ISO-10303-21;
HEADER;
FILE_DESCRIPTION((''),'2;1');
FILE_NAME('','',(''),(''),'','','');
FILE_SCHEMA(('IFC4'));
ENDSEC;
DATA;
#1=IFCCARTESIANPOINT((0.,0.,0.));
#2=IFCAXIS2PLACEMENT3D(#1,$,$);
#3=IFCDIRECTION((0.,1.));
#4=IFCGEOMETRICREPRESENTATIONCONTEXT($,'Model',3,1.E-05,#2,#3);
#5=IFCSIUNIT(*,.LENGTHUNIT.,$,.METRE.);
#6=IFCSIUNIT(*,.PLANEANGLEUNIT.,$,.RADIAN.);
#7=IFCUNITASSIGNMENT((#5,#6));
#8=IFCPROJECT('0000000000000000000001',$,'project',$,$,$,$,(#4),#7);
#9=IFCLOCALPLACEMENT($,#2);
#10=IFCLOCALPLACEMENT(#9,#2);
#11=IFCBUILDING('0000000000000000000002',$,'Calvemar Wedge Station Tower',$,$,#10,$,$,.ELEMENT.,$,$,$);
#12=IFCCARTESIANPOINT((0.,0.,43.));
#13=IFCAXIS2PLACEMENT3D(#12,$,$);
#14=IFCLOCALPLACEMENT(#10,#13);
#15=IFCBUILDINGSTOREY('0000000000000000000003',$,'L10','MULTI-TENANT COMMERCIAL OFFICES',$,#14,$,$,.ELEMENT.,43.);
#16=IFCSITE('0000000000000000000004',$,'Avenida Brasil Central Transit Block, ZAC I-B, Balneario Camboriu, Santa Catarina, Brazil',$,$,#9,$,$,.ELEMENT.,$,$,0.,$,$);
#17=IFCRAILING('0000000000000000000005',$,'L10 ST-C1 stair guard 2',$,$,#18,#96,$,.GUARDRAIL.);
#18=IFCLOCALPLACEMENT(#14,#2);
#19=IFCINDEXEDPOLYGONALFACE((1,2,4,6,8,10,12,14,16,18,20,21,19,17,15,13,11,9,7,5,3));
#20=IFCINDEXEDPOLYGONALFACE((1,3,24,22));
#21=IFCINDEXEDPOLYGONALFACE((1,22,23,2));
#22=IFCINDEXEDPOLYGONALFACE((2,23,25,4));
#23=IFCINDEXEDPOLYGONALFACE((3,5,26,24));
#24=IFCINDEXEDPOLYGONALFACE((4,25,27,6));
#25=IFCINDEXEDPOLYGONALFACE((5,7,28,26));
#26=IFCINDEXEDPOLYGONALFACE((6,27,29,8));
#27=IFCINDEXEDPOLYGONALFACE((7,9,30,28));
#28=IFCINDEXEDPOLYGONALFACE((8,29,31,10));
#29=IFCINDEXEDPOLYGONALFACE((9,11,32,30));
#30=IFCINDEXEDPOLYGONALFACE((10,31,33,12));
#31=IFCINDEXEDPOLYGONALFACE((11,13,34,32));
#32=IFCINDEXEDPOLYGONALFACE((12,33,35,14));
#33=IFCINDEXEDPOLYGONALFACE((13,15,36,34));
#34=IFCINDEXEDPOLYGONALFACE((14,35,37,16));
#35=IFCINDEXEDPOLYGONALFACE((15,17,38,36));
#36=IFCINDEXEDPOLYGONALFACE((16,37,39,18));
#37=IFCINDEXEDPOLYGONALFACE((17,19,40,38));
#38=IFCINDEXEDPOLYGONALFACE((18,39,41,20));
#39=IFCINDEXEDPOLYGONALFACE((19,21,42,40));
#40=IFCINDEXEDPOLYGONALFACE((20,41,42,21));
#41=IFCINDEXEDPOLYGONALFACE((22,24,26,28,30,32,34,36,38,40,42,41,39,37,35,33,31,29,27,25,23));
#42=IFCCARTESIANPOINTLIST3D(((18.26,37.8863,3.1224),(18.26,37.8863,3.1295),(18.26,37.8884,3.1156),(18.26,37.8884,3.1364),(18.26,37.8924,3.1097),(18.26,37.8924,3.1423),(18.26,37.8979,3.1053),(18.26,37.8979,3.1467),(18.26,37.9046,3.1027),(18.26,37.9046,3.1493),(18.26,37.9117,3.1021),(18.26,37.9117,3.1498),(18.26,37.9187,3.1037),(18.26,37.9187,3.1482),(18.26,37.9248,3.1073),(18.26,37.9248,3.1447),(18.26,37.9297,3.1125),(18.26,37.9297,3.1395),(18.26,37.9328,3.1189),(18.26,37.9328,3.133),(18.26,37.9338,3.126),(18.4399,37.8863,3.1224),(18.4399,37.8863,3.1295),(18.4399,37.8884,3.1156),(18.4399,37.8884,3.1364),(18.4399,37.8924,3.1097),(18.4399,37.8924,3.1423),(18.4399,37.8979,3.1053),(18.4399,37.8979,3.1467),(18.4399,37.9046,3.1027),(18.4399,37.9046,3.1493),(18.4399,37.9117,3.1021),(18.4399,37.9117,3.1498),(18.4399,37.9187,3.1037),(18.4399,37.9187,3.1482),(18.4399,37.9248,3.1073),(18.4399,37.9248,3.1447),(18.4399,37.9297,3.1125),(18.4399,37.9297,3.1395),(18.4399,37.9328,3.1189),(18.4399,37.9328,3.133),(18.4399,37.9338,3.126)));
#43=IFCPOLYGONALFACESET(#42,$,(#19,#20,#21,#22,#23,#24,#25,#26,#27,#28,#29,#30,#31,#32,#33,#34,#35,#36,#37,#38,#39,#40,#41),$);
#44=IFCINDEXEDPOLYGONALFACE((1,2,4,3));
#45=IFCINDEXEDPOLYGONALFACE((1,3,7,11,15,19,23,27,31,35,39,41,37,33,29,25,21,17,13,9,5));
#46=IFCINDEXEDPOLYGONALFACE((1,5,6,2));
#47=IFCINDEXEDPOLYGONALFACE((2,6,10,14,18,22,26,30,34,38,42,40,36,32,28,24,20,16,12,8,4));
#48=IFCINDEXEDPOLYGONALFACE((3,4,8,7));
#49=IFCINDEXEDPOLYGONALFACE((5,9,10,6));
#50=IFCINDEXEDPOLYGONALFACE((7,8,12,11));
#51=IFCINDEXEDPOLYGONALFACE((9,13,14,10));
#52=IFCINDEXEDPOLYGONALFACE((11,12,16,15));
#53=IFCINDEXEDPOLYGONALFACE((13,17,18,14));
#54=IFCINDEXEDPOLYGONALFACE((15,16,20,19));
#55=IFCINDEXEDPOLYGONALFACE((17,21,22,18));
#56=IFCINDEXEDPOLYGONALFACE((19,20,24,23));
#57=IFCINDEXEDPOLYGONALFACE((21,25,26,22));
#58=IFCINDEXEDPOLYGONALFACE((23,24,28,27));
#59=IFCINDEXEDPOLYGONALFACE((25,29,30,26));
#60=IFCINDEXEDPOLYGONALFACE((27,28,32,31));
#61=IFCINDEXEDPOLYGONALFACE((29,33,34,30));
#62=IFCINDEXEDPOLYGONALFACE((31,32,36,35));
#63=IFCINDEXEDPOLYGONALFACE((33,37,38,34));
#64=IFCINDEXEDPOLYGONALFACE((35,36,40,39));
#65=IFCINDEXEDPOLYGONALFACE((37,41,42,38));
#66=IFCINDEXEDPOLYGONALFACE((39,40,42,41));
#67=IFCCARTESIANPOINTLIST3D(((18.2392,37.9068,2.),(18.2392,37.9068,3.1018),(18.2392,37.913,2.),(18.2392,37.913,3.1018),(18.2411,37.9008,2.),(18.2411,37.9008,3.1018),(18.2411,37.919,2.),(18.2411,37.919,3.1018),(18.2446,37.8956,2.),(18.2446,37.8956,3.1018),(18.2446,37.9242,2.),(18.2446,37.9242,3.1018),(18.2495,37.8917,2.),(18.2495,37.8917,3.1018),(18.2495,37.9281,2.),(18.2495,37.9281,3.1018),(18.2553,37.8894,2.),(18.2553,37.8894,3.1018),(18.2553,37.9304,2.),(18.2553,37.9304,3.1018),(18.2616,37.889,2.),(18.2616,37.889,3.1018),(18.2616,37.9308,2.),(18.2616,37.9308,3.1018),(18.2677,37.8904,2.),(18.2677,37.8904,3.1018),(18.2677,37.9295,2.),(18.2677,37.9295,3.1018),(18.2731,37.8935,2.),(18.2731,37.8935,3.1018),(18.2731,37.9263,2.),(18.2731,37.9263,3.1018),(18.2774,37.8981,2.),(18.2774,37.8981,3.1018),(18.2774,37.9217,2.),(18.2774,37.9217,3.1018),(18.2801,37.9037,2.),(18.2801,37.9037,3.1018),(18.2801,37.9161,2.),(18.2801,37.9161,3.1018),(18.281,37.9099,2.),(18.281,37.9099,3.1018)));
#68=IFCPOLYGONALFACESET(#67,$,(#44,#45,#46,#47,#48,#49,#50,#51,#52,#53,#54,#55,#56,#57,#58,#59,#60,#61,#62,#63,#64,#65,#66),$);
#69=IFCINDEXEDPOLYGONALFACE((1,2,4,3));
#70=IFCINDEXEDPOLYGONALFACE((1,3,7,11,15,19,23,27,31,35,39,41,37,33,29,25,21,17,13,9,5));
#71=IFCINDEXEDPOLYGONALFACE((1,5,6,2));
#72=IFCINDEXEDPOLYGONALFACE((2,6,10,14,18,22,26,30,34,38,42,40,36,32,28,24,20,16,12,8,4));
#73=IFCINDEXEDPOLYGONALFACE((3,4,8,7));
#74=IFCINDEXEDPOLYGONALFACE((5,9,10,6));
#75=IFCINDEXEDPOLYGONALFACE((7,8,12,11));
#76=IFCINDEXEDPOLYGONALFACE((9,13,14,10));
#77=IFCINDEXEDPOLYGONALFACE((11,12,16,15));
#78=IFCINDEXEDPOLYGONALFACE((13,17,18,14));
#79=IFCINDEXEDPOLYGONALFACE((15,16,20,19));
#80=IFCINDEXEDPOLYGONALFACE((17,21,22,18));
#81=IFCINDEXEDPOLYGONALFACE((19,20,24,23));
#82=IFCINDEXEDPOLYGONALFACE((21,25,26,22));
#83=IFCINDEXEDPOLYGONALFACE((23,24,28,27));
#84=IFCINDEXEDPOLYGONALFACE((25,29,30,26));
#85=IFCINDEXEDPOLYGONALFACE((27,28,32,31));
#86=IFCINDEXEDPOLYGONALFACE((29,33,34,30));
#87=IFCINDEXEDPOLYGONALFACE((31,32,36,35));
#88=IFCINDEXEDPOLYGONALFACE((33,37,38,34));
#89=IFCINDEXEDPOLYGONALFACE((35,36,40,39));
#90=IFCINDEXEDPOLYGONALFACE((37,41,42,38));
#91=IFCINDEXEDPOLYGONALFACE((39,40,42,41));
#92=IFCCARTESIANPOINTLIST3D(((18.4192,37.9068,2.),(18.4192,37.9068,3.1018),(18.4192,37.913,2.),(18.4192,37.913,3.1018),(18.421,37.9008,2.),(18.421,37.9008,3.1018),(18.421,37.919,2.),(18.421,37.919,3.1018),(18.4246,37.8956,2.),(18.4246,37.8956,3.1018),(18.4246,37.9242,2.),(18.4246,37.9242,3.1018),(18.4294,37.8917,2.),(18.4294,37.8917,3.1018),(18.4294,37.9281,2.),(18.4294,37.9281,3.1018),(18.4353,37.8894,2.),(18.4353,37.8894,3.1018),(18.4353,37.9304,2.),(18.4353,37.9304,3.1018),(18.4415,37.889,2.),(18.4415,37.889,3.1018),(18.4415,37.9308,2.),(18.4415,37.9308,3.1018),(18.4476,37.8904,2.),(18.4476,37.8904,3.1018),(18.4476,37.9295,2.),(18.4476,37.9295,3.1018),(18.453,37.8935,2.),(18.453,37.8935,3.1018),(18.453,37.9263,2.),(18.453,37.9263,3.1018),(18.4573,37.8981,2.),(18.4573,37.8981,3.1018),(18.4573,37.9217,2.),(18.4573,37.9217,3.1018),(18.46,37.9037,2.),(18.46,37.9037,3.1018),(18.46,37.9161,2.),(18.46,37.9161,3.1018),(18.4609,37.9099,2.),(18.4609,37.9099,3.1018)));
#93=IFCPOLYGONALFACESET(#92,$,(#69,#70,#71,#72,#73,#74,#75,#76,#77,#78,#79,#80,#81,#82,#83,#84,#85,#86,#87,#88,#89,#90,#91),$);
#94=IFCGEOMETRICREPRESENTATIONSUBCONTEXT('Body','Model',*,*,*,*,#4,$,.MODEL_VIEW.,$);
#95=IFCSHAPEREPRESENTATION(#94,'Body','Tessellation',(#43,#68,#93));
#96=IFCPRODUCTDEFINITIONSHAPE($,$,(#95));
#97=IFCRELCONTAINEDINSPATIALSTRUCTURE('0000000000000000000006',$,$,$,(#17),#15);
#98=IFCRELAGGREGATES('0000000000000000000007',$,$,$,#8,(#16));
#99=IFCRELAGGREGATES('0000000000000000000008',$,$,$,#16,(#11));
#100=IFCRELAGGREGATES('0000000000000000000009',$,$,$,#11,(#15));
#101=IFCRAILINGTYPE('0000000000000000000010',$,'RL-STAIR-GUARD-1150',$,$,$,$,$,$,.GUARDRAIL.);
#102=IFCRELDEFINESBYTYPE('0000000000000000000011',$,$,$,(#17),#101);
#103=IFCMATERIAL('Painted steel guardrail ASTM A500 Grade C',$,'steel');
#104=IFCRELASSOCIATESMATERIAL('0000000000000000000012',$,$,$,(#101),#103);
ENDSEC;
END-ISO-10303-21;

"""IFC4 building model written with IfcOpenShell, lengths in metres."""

from ifc_helpers import new_model, si_unit, direction, frame, origin, origin_2d, place, context, subcontext, project, spatial, circle, extrude, material, type_object, element, save


model = new_model("IFC4")

# Units and contexts
model_context = context("Model", 3, precision=1e-05, world=origin(), true_north=direction((0.0, 1.0)))
body_context = subcontext(model_context, "Body", "Model", "MODEL_VIEW")
ifc_project = project(units=[si_unit("LENGTHUNIT", "METRE"), si_unit("PLANEANGLEUNIT", "RADIAN")], contexts=[model_context])

# Site, building, storey
site_placement = place(None, origin())
site = spatial("IfcSite", under=ifc_project, at=site_placement, Name="Avenida Brasil Central Transit Block, ZAC I-B, Balneario Camboriu, Santa Catarina, Brazil", CompositionType="ELEMENT", RefElevation=0.0)
building_placement = place(site_placement, origin())
building = spatial("IfcBuilding", under=site, at=building_placement, Name="Calvemar Wedge Station Tower", CompositionType="ELEMENT")
storey_placement = place(building_placement, frame((0.0, 0.0, 43.0)))
storey = spatial("IfcBuildingStorey", under=building, at=storey_placement, Name="L10", Description="MULTI-TENANT COMMERCIAL OFFICES", CompositionType="ELEMENT", Elevation=43.0)

# Railing
ifc_material_1 = material(Name="Painted steel guardrail ASTM A500 Grade C", Category="steel")
railing_type_1 = type_object("IfcRailingType", Name="RL-STAIR-GUARD-1150", PredefinedType="GUARDRAIL", material=ifc_material_1)
railing_1_placement = place(storey_placement, frame((18.26, 37.9099, 2.0)))
element("IfcRailing", 1, at=railing_1_placement, inside=storey, type_object=railing_type_1, Name="L10 ST-C1 stair guard 2", PredefinedType="GUARDRAIL", context=body_context, shape_type="SweptSolid", body=[
    extrude(circle(Radius=0.0239, at=origin_2d()), frame((0.0, 0.0, 1.126), z_axis=(1.0, 0.0, 0.0), x_axis=(0.0, 1.0, 0.0)), (0.0, 0.0, 1.0), 0.1799),
    extrude(circle(Radius=0.021, at=origin_2d()), origin(), (0.0, 0.0, 1.0), 1.1018),
    extrude(circle(Radius=0.021, at=origin_2d()), frame((0.1799, 0.0, 0.0)), (0.0, 0.0, 1.0), 1.1018),
])

save(model, "model.ifc")
